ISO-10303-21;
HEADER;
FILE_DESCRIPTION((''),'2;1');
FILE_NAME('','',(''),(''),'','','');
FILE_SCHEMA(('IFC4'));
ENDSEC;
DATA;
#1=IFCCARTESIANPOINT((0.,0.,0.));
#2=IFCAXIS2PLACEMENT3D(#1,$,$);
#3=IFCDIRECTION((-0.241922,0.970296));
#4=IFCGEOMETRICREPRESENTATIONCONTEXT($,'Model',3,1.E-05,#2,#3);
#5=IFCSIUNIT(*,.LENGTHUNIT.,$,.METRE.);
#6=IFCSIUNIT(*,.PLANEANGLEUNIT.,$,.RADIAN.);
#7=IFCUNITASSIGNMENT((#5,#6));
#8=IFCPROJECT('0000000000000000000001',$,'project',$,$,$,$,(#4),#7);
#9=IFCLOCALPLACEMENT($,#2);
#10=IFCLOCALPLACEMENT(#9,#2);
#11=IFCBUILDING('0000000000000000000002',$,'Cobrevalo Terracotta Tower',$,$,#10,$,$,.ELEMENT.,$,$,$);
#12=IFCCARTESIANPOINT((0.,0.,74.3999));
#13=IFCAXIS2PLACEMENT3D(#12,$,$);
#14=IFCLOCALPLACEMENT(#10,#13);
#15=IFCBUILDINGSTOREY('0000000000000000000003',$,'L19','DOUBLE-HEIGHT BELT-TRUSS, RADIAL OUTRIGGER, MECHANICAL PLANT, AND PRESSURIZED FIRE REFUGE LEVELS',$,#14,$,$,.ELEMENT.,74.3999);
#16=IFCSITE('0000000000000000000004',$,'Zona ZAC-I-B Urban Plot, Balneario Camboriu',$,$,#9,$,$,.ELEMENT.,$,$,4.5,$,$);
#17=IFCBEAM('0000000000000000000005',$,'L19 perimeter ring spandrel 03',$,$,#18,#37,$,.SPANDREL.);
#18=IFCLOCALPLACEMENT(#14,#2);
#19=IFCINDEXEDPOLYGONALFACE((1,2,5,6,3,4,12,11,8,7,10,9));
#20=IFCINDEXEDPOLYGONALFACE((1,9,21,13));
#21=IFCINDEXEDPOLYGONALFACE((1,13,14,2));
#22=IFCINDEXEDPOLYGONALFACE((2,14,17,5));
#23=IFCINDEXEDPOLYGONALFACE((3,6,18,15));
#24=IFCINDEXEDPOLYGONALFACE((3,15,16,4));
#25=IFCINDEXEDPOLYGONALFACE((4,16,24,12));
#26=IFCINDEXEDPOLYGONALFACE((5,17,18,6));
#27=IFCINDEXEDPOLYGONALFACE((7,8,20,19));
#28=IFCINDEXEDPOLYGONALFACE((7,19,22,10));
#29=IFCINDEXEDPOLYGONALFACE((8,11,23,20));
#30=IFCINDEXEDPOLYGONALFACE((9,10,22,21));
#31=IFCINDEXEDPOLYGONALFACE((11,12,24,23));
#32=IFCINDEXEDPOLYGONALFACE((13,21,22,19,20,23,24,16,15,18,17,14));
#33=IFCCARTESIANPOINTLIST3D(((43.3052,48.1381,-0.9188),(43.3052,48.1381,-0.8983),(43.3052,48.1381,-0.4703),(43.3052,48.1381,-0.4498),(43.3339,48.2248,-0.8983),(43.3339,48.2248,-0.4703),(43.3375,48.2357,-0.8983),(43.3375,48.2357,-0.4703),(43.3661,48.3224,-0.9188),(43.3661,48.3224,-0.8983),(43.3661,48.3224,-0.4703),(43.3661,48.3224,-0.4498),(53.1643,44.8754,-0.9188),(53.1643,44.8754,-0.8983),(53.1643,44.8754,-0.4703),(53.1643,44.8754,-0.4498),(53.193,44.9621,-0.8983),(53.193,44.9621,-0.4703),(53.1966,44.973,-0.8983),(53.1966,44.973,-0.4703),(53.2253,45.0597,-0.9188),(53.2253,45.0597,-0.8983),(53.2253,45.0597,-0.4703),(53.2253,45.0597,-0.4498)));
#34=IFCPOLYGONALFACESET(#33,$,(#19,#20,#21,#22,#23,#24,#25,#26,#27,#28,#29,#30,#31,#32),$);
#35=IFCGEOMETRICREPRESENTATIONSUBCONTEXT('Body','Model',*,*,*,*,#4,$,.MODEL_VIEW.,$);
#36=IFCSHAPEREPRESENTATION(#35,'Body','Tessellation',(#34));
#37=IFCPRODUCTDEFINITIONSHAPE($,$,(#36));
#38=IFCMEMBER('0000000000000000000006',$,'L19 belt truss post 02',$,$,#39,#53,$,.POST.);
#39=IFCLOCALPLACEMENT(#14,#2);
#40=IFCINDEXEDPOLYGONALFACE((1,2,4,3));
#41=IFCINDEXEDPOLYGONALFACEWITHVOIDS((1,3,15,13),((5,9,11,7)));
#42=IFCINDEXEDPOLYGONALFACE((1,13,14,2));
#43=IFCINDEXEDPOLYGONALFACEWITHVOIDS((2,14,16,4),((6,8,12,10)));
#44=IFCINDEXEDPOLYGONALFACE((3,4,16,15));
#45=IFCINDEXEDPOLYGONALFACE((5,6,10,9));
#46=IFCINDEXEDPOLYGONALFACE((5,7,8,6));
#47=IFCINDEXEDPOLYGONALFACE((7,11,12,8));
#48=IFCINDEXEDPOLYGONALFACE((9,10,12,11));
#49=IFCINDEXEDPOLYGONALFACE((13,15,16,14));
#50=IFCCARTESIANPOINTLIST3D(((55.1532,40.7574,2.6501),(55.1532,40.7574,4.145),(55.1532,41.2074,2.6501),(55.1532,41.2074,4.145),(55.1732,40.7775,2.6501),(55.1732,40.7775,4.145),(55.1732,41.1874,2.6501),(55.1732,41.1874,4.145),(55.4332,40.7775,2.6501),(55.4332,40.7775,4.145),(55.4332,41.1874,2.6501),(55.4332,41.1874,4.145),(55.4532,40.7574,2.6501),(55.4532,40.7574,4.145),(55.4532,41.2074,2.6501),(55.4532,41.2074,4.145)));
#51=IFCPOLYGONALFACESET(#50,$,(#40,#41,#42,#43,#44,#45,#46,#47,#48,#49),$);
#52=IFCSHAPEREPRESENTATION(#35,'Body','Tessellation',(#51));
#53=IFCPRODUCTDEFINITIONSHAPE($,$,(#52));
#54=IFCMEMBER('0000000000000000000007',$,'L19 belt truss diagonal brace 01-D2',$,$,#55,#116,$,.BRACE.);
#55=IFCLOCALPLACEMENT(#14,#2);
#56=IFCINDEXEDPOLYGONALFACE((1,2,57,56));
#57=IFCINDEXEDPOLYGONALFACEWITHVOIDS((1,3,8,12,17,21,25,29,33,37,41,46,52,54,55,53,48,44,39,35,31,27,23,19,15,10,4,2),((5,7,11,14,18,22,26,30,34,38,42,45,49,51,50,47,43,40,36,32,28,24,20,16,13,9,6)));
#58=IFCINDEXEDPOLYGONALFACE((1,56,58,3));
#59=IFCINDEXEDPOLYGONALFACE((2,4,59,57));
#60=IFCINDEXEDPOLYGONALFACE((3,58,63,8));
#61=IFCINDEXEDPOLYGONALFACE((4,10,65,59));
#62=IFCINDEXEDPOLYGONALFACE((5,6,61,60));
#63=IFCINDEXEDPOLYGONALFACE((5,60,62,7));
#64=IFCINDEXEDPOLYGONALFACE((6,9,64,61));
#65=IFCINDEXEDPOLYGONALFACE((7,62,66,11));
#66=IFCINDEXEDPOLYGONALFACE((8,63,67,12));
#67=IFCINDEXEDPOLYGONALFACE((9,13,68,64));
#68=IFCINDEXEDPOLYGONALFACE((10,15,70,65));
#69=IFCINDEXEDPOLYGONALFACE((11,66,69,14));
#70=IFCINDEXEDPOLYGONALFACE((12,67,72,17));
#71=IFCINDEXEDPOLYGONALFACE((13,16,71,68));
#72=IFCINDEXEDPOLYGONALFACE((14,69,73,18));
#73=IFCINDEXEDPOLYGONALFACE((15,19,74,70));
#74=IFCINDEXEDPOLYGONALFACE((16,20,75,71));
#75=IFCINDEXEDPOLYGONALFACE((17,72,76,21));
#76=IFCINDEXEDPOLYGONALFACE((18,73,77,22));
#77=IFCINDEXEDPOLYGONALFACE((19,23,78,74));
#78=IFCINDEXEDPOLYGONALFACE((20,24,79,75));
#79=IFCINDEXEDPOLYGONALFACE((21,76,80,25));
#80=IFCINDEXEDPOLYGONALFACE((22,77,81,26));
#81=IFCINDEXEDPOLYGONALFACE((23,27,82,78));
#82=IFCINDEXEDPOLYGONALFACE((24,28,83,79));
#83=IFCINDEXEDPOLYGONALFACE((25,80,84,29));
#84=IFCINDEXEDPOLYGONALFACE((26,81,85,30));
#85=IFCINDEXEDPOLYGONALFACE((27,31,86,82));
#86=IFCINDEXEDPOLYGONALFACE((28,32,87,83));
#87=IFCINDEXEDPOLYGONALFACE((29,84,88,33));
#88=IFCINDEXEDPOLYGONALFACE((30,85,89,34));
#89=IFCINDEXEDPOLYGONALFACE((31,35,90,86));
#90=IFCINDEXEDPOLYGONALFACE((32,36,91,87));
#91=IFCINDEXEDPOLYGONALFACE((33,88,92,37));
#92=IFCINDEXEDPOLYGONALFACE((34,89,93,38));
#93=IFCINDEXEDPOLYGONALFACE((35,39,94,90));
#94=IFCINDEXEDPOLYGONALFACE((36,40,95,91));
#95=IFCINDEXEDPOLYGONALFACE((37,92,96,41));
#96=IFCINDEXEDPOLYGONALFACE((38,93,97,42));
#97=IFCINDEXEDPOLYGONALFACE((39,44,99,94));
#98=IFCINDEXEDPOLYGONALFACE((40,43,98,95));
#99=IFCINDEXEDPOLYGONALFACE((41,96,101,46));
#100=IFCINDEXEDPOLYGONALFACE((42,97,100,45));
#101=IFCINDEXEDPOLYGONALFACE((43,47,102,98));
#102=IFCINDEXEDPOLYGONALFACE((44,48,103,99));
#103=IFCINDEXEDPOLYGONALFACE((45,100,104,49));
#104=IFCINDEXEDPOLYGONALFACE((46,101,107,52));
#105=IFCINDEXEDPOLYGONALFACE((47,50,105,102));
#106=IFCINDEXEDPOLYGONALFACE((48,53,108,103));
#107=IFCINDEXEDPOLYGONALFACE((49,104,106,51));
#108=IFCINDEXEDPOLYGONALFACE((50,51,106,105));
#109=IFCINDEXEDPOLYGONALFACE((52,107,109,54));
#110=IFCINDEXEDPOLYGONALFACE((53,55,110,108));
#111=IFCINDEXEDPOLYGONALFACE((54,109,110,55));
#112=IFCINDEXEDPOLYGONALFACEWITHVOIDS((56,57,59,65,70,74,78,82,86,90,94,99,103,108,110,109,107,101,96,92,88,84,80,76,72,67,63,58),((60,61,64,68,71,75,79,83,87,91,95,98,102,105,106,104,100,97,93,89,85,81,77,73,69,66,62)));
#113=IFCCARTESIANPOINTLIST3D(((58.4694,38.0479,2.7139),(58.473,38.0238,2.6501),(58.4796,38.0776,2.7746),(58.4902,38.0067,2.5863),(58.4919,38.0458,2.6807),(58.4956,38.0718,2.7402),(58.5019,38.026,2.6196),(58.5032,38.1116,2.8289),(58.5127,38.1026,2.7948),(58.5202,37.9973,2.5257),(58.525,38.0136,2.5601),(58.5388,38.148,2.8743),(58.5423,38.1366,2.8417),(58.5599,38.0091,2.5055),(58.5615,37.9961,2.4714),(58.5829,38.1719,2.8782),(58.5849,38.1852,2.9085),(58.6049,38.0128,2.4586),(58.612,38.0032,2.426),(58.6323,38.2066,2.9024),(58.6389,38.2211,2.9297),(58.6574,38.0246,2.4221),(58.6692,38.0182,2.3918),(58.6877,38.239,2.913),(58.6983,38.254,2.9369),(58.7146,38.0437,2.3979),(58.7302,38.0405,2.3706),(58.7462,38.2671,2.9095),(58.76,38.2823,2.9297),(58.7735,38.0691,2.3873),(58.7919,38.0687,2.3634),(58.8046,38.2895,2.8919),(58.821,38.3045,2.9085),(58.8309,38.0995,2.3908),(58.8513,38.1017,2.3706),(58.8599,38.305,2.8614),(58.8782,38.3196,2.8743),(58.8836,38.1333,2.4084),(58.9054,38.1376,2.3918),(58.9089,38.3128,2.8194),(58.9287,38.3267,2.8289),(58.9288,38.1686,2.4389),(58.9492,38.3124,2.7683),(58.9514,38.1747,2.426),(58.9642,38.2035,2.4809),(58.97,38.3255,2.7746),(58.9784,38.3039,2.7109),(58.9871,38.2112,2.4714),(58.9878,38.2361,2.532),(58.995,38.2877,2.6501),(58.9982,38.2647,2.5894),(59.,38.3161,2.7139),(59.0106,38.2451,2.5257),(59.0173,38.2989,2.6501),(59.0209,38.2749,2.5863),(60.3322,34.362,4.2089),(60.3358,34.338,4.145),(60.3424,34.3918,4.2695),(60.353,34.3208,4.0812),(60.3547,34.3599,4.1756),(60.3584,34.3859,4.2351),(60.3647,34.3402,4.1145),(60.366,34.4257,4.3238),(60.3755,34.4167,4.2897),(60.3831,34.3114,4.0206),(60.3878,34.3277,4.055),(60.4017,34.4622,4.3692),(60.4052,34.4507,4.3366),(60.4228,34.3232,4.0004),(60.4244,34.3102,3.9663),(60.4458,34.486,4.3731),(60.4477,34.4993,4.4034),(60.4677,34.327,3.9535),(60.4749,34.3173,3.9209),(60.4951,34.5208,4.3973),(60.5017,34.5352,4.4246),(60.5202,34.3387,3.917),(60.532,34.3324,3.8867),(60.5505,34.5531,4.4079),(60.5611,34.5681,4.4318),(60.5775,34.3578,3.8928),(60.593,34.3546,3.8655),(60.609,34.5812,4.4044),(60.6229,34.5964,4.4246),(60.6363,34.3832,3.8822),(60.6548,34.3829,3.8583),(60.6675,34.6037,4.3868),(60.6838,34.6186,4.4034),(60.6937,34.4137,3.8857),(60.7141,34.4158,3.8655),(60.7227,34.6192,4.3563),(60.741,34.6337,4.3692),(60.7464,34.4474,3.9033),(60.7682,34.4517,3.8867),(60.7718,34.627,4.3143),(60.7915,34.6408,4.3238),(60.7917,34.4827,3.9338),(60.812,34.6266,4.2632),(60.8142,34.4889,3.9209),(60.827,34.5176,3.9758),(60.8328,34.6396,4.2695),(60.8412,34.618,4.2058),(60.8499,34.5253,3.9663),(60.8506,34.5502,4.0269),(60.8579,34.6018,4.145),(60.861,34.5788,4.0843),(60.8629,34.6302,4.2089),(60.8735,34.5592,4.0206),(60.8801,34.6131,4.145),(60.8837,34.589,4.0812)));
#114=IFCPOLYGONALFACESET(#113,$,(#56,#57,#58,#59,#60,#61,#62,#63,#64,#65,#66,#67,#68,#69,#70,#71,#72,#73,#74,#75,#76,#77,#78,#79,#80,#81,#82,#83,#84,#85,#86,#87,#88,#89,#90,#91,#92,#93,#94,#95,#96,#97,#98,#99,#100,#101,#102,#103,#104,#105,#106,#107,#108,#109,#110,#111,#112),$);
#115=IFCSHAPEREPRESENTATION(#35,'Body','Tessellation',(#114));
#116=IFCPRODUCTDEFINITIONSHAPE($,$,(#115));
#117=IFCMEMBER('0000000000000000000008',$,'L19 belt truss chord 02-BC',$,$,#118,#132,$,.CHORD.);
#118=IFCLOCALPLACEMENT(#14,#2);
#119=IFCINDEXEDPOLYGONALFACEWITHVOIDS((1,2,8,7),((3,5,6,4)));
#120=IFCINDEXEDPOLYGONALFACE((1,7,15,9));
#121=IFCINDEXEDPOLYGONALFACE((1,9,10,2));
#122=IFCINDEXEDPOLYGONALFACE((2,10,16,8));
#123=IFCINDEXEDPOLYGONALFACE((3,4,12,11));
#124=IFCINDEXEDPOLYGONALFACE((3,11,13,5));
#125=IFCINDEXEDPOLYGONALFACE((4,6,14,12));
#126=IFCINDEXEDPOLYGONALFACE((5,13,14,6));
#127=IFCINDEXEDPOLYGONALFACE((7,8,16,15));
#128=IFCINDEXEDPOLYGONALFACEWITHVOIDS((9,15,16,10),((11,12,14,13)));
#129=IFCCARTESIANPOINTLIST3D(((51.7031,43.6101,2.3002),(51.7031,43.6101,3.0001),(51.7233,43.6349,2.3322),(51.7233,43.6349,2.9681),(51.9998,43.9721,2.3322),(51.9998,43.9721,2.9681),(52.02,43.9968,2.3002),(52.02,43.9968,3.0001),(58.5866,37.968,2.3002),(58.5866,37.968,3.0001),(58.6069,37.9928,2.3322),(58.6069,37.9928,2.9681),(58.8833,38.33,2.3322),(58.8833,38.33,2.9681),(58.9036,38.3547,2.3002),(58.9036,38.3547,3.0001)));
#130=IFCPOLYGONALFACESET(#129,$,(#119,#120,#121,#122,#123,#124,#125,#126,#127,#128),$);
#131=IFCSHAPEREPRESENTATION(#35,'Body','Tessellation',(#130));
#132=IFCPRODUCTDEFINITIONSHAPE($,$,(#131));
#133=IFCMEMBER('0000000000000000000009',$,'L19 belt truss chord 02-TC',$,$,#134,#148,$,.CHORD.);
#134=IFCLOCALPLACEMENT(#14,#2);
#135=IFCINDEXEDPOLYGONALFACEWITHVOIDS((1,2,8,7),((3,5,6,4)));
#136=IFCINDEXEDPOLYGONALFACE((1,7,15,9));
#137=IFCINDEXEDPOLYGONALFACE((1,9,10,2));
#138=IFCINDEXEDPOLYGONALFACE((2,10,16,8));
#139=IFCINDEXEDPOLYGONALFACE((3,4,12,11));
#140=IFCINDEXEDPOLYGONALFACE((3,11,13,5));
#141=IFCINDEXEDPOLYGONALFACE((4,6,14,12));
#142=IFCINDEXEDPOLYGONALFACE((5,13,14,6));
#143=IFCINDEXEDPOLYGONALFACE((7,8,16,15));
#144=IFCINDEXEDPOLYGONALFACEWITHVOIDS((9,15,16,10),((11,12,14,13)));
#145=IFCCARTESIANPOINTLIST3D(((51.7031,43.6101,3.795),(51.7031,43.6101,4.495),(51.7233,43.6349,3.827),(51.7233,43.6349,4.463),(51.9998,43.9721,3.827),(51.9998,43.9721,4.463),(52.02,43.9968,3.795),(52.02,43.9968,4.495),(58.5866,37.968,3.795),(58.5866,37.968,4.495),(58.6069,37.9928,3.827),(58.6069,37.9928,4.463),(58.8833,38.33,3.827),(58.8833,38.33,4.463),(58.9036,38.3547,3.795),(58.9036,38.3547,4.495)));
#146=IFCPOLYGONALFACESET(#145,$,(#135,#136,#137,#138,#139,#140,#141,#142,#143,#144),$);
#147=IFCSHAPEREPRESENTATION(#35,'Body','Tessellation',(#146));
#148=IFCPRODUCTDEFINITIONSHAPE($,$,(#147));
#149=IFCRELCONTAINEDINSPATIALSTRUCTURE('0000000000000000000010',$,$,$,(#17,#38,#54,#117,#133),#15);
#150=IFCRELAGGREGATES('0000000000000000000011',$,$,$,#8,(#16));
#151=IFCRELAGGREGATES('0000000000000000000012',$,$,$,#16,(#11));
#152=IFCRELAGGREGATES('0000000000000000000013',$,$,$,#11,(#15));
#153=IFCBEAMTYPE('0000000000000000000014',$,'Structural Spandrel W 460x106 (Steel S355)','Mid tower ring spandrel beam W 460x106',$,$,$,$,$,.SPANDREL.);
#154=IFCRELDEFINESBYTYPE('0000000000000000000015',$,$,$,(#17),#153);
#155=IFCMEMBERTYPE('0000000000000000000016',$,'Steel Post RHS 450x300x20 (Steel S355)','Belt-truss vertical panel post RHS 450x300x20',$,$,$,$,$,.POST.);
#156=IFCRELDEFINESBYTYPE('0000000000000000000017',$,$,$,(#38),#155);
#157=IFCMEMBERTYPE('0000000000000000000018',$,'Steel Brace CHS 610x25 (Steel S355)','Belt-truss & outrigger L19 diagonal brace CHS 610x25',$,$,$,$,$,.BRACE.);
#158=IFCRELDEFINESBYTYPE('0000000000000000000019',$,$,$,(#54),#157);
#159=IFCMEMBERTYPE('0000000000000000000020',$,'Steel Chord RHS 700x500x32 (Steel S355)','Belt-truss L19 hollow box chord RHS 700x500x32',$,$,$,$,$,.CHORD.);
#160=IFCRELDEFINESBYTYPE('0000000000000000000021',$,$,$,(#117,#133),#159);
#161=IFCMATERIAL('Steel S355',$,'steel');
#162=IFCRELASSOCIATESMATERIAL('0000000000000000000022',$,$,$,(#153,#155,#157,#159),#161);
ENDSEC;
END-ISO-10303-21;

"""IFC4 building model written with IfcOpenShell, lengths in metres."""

from ifc_helpers import new_model, si_unit, direction, frame, origin, origin_2d, place, context, subcontext, project, spatial, hollow_rectangle, hollow_circle, i_section, extrude, source, transform, mapped, material, material_profile, profile_set, type_object, element, save


model = new_model("IFC4")

# Units and contexts
model_context = context("Model", 3, precision=1e-05, world=origin(), true_north=direction((-0.241922, 0.970296)))
body_context = subcontext(model_context, "Body", "Model", "MODEL_VIEW")
ifc_project = project(units=[si_unit("LENGTHUNIT", "METRE"), si_unit("PLANEANGLEUNIT", "RADIAN")], contexts=[model_context])

# Site, building, storey
site_placement = place(None, origin())
site = spatial("IfcSite", under=ifc_project, at=site_placement, Name="Zona ZAC-I-B Urban Plot, Balneario Camboriu", CompositionType="ELEMENT", RefElevation=4.5)
building_placement = place(site_placement, origin())
building = spatial("IfcBuilding", under=site, at=building_placement, Name="Cobrevalo Terracotta Tower", CompositionType="ELEMENT")
storey_placement = place(building_placement, frame((0.0, 0.0, 74.3999)))
storey = spatial("IfcBuildingStorey", under=building, at=storey_placement, Name="L19", Description="DOUBLE-HEIGHT BELT-TRUSS, RADIAL OUTRIGGER, MECHANICAL PLANT, AND PRESSURIZED FIRE REFUGE LEVELS", CompositionType="ELEMENT", Elevation=74.3999)

# Shared definitions
ifc_material_1 = material(Name="Steel S355", Category="steel")

# Beam
ifc_material_profile_1 = material_profile(ifc_material_1, i_section(OverallWidth=0.1941, OverallDepth=0.469, WebThickness=0.0115, FlangeThickness=0.0205, at=origin_2d()), Name="W 460x106")
ifc_profile_set_1 = profile_set([ifc_material_profile_1], Name="Steel S355")
beam_type_1 = type_object("IfcBeamType", Name="Structural Spandrel W 460x106 (Steel S355)", Description="Mid tower ring spandrel beam W 460x106", PredefinedType="SPANDREL", material=ifc_profile_set_1)
beam_1_placement = place(storey_placement, frame((53.1948, 44.9675, -0.6843), z_axis=(-0.949365, 0.314175, 0.0), x_axis=(-0.314175, -0.949365, 0.0)))
element("IfcBeam", 1, at=beam_1_placement, inside=storey, type_object=beam_type_1, Name="L19 perimeter ring spandrel 03", PredefinedType="SPANDREL", context=body_context, shape_type="SweptSolid", body=[
    extrude(i_section(OverallWidth=0.1941, OverallDepth=0.469, WebThickness=0.0115, FlangeThickness=0.0205, at=origin_2d()), origin(), (0.0, 0.0, 1.0), 10.385),
])

# Members
ifc_material_profile_2 = material_profile(ifc_material_1, hollow_rectangle(XDim=0.3, YDim=0.45, WallThickness=0.02, at=origin_2d()), Name="RHS 450x300x20")
ifc_profile_set_2 = profile_set([ifc_material_profile_2], Name="Steel S355")
member_type_1 = type_object("IfcMemberType", Name="Steel Post RHS 450x300x20 (Steel S355)", Description="Belt-truss vertical panel post RHS 450x300x20", PredefinedType="POST", material=ifc_profile_set_2)
shared_shape_1 = source(origin(), body_context, "Body", "SweptSolid", [
    extrude(hollow_rectangle(XDim=0.3, YDim=0.45, WallThickness=0.02, at=origin_2d()), origin(), (0.0, 0.0, 1.0), 1.4949),
])
member_1_placement = place(storey_placement, frame((55.3032, 40.9824, 2.6501), z_axis=(0.0, 0.0, 1.0), x_axis=(1.0, 0.0, 0.0)))
element("IfcMember", 2, at=member_1_placement, inside=storey, type_object=member_type_1, Name="L19 belt truss post 02", PredefinedType="POST", context=body_context, shape_type="MappedRepresentation", body=[
    mapped(shared_shape_1, transform((0.0, 0.0, 0.0), scale=1.0)),
])
ifc_material_profile_3 = material_profile(ifc_material_1, hollow_circle(Radius=0.3049, WallThickness=0.0249, at=origin_2d()), Name="CHS 610x25")
ifc_profile_set_3 = profile_set([ifc_material_profile_3], Name="Steel S355")
member_type_2 = type_object("IfcMemberType", Name="Steel Brace CHS 610x25 (Steel S355)", Description="Belt-truss & outrigger L19 diagonal brace CHS 610x25", PredefinedType="BRACE", material=ifc_profile_set_3)
shared_shape_2 = source(origin(), body_context, "Body", "SweptSolid", [
    extrude(hollow_circle(Radius=0.3049, WallThickness=0.0249, at=origin_2d()), origin(), (0.0, 0.0, 1.0), 4.3921),
])
member_2_placement = place(storey_placement, frame((58.7451, 38.1614, 2.6501), z_axis=(0.424133, -0.839205, 0.340362), x_axis=(0.892492, 0.451064, 0.0)))
element("IfcMember", 3, at=member_2_placement, inside=storey, type_object=member_type_2, Name="L19 belt truss diagonal brace 01-D2", PredefinedType="BRACE", context=body_context, shape_type="MappedRepresentation", body=[
    mapped(shared_shape_2, transform((0.0, 0.0, 0.0), scale=1.0)),
])
ifc_material_profile_4 = material_profile(ifc_material_1, hollow_rectangle(XDim=0.5, YDim=0.7, WallThickness=0.032, at=origin_2d()), Name="RHS 700x500x32")
ifc_profile_set_4 = profile_set([ifc_material_profile_4], Name="Steel S355")
member_type_3 = type_object("IfcMemberType", Name="Steel Chord RHS 700x500x32 (Steel S355)", Description="Belt-truss L19 hollow box chord RHS 700x500x32", PredefinedType="CHORD", material=ifc_profile_set_4)
shared_shape_3 = source(origin(), body_context, "Body", "SweptSolid", [
    extrude(hollow_rectangle(XDim=0.5, YDim=0.7, WallThickness=0.032, at=origin_2d()), origin(), (0.0, 0.0, 1.0), 8.9004),
])
for number, where, z_axis, x_axis, name in (
    (4, (58.7451, 38.1614, 2.6501), (-0.773401, 0.633917, 0.0), (-0.633917, -0.773401, 0.0), "L19 belt truss chord 02-BC"),
    (5, (58.7451, 38.1614, 4.145), (-0.773401, 0.633917, 0.0), (-0.633917, -0.773401, 0.0), "L19 belt truss chord 02-TC"),
):
    element("IfcMember", number, at=place(storey_placement, frame(where, z_axis=z_axis, x_axis=x_axis)), inside=storey, type_object=member_type_3, Name=name, PredefinedType="CHORD", context=body_context, shape_type="MappedRepresentation", body=[
        mapped(shared_shape_3, transform((0.0, 0.0, 0.0), scale=1.0)),
    ])

save(model, "model.ifc")
